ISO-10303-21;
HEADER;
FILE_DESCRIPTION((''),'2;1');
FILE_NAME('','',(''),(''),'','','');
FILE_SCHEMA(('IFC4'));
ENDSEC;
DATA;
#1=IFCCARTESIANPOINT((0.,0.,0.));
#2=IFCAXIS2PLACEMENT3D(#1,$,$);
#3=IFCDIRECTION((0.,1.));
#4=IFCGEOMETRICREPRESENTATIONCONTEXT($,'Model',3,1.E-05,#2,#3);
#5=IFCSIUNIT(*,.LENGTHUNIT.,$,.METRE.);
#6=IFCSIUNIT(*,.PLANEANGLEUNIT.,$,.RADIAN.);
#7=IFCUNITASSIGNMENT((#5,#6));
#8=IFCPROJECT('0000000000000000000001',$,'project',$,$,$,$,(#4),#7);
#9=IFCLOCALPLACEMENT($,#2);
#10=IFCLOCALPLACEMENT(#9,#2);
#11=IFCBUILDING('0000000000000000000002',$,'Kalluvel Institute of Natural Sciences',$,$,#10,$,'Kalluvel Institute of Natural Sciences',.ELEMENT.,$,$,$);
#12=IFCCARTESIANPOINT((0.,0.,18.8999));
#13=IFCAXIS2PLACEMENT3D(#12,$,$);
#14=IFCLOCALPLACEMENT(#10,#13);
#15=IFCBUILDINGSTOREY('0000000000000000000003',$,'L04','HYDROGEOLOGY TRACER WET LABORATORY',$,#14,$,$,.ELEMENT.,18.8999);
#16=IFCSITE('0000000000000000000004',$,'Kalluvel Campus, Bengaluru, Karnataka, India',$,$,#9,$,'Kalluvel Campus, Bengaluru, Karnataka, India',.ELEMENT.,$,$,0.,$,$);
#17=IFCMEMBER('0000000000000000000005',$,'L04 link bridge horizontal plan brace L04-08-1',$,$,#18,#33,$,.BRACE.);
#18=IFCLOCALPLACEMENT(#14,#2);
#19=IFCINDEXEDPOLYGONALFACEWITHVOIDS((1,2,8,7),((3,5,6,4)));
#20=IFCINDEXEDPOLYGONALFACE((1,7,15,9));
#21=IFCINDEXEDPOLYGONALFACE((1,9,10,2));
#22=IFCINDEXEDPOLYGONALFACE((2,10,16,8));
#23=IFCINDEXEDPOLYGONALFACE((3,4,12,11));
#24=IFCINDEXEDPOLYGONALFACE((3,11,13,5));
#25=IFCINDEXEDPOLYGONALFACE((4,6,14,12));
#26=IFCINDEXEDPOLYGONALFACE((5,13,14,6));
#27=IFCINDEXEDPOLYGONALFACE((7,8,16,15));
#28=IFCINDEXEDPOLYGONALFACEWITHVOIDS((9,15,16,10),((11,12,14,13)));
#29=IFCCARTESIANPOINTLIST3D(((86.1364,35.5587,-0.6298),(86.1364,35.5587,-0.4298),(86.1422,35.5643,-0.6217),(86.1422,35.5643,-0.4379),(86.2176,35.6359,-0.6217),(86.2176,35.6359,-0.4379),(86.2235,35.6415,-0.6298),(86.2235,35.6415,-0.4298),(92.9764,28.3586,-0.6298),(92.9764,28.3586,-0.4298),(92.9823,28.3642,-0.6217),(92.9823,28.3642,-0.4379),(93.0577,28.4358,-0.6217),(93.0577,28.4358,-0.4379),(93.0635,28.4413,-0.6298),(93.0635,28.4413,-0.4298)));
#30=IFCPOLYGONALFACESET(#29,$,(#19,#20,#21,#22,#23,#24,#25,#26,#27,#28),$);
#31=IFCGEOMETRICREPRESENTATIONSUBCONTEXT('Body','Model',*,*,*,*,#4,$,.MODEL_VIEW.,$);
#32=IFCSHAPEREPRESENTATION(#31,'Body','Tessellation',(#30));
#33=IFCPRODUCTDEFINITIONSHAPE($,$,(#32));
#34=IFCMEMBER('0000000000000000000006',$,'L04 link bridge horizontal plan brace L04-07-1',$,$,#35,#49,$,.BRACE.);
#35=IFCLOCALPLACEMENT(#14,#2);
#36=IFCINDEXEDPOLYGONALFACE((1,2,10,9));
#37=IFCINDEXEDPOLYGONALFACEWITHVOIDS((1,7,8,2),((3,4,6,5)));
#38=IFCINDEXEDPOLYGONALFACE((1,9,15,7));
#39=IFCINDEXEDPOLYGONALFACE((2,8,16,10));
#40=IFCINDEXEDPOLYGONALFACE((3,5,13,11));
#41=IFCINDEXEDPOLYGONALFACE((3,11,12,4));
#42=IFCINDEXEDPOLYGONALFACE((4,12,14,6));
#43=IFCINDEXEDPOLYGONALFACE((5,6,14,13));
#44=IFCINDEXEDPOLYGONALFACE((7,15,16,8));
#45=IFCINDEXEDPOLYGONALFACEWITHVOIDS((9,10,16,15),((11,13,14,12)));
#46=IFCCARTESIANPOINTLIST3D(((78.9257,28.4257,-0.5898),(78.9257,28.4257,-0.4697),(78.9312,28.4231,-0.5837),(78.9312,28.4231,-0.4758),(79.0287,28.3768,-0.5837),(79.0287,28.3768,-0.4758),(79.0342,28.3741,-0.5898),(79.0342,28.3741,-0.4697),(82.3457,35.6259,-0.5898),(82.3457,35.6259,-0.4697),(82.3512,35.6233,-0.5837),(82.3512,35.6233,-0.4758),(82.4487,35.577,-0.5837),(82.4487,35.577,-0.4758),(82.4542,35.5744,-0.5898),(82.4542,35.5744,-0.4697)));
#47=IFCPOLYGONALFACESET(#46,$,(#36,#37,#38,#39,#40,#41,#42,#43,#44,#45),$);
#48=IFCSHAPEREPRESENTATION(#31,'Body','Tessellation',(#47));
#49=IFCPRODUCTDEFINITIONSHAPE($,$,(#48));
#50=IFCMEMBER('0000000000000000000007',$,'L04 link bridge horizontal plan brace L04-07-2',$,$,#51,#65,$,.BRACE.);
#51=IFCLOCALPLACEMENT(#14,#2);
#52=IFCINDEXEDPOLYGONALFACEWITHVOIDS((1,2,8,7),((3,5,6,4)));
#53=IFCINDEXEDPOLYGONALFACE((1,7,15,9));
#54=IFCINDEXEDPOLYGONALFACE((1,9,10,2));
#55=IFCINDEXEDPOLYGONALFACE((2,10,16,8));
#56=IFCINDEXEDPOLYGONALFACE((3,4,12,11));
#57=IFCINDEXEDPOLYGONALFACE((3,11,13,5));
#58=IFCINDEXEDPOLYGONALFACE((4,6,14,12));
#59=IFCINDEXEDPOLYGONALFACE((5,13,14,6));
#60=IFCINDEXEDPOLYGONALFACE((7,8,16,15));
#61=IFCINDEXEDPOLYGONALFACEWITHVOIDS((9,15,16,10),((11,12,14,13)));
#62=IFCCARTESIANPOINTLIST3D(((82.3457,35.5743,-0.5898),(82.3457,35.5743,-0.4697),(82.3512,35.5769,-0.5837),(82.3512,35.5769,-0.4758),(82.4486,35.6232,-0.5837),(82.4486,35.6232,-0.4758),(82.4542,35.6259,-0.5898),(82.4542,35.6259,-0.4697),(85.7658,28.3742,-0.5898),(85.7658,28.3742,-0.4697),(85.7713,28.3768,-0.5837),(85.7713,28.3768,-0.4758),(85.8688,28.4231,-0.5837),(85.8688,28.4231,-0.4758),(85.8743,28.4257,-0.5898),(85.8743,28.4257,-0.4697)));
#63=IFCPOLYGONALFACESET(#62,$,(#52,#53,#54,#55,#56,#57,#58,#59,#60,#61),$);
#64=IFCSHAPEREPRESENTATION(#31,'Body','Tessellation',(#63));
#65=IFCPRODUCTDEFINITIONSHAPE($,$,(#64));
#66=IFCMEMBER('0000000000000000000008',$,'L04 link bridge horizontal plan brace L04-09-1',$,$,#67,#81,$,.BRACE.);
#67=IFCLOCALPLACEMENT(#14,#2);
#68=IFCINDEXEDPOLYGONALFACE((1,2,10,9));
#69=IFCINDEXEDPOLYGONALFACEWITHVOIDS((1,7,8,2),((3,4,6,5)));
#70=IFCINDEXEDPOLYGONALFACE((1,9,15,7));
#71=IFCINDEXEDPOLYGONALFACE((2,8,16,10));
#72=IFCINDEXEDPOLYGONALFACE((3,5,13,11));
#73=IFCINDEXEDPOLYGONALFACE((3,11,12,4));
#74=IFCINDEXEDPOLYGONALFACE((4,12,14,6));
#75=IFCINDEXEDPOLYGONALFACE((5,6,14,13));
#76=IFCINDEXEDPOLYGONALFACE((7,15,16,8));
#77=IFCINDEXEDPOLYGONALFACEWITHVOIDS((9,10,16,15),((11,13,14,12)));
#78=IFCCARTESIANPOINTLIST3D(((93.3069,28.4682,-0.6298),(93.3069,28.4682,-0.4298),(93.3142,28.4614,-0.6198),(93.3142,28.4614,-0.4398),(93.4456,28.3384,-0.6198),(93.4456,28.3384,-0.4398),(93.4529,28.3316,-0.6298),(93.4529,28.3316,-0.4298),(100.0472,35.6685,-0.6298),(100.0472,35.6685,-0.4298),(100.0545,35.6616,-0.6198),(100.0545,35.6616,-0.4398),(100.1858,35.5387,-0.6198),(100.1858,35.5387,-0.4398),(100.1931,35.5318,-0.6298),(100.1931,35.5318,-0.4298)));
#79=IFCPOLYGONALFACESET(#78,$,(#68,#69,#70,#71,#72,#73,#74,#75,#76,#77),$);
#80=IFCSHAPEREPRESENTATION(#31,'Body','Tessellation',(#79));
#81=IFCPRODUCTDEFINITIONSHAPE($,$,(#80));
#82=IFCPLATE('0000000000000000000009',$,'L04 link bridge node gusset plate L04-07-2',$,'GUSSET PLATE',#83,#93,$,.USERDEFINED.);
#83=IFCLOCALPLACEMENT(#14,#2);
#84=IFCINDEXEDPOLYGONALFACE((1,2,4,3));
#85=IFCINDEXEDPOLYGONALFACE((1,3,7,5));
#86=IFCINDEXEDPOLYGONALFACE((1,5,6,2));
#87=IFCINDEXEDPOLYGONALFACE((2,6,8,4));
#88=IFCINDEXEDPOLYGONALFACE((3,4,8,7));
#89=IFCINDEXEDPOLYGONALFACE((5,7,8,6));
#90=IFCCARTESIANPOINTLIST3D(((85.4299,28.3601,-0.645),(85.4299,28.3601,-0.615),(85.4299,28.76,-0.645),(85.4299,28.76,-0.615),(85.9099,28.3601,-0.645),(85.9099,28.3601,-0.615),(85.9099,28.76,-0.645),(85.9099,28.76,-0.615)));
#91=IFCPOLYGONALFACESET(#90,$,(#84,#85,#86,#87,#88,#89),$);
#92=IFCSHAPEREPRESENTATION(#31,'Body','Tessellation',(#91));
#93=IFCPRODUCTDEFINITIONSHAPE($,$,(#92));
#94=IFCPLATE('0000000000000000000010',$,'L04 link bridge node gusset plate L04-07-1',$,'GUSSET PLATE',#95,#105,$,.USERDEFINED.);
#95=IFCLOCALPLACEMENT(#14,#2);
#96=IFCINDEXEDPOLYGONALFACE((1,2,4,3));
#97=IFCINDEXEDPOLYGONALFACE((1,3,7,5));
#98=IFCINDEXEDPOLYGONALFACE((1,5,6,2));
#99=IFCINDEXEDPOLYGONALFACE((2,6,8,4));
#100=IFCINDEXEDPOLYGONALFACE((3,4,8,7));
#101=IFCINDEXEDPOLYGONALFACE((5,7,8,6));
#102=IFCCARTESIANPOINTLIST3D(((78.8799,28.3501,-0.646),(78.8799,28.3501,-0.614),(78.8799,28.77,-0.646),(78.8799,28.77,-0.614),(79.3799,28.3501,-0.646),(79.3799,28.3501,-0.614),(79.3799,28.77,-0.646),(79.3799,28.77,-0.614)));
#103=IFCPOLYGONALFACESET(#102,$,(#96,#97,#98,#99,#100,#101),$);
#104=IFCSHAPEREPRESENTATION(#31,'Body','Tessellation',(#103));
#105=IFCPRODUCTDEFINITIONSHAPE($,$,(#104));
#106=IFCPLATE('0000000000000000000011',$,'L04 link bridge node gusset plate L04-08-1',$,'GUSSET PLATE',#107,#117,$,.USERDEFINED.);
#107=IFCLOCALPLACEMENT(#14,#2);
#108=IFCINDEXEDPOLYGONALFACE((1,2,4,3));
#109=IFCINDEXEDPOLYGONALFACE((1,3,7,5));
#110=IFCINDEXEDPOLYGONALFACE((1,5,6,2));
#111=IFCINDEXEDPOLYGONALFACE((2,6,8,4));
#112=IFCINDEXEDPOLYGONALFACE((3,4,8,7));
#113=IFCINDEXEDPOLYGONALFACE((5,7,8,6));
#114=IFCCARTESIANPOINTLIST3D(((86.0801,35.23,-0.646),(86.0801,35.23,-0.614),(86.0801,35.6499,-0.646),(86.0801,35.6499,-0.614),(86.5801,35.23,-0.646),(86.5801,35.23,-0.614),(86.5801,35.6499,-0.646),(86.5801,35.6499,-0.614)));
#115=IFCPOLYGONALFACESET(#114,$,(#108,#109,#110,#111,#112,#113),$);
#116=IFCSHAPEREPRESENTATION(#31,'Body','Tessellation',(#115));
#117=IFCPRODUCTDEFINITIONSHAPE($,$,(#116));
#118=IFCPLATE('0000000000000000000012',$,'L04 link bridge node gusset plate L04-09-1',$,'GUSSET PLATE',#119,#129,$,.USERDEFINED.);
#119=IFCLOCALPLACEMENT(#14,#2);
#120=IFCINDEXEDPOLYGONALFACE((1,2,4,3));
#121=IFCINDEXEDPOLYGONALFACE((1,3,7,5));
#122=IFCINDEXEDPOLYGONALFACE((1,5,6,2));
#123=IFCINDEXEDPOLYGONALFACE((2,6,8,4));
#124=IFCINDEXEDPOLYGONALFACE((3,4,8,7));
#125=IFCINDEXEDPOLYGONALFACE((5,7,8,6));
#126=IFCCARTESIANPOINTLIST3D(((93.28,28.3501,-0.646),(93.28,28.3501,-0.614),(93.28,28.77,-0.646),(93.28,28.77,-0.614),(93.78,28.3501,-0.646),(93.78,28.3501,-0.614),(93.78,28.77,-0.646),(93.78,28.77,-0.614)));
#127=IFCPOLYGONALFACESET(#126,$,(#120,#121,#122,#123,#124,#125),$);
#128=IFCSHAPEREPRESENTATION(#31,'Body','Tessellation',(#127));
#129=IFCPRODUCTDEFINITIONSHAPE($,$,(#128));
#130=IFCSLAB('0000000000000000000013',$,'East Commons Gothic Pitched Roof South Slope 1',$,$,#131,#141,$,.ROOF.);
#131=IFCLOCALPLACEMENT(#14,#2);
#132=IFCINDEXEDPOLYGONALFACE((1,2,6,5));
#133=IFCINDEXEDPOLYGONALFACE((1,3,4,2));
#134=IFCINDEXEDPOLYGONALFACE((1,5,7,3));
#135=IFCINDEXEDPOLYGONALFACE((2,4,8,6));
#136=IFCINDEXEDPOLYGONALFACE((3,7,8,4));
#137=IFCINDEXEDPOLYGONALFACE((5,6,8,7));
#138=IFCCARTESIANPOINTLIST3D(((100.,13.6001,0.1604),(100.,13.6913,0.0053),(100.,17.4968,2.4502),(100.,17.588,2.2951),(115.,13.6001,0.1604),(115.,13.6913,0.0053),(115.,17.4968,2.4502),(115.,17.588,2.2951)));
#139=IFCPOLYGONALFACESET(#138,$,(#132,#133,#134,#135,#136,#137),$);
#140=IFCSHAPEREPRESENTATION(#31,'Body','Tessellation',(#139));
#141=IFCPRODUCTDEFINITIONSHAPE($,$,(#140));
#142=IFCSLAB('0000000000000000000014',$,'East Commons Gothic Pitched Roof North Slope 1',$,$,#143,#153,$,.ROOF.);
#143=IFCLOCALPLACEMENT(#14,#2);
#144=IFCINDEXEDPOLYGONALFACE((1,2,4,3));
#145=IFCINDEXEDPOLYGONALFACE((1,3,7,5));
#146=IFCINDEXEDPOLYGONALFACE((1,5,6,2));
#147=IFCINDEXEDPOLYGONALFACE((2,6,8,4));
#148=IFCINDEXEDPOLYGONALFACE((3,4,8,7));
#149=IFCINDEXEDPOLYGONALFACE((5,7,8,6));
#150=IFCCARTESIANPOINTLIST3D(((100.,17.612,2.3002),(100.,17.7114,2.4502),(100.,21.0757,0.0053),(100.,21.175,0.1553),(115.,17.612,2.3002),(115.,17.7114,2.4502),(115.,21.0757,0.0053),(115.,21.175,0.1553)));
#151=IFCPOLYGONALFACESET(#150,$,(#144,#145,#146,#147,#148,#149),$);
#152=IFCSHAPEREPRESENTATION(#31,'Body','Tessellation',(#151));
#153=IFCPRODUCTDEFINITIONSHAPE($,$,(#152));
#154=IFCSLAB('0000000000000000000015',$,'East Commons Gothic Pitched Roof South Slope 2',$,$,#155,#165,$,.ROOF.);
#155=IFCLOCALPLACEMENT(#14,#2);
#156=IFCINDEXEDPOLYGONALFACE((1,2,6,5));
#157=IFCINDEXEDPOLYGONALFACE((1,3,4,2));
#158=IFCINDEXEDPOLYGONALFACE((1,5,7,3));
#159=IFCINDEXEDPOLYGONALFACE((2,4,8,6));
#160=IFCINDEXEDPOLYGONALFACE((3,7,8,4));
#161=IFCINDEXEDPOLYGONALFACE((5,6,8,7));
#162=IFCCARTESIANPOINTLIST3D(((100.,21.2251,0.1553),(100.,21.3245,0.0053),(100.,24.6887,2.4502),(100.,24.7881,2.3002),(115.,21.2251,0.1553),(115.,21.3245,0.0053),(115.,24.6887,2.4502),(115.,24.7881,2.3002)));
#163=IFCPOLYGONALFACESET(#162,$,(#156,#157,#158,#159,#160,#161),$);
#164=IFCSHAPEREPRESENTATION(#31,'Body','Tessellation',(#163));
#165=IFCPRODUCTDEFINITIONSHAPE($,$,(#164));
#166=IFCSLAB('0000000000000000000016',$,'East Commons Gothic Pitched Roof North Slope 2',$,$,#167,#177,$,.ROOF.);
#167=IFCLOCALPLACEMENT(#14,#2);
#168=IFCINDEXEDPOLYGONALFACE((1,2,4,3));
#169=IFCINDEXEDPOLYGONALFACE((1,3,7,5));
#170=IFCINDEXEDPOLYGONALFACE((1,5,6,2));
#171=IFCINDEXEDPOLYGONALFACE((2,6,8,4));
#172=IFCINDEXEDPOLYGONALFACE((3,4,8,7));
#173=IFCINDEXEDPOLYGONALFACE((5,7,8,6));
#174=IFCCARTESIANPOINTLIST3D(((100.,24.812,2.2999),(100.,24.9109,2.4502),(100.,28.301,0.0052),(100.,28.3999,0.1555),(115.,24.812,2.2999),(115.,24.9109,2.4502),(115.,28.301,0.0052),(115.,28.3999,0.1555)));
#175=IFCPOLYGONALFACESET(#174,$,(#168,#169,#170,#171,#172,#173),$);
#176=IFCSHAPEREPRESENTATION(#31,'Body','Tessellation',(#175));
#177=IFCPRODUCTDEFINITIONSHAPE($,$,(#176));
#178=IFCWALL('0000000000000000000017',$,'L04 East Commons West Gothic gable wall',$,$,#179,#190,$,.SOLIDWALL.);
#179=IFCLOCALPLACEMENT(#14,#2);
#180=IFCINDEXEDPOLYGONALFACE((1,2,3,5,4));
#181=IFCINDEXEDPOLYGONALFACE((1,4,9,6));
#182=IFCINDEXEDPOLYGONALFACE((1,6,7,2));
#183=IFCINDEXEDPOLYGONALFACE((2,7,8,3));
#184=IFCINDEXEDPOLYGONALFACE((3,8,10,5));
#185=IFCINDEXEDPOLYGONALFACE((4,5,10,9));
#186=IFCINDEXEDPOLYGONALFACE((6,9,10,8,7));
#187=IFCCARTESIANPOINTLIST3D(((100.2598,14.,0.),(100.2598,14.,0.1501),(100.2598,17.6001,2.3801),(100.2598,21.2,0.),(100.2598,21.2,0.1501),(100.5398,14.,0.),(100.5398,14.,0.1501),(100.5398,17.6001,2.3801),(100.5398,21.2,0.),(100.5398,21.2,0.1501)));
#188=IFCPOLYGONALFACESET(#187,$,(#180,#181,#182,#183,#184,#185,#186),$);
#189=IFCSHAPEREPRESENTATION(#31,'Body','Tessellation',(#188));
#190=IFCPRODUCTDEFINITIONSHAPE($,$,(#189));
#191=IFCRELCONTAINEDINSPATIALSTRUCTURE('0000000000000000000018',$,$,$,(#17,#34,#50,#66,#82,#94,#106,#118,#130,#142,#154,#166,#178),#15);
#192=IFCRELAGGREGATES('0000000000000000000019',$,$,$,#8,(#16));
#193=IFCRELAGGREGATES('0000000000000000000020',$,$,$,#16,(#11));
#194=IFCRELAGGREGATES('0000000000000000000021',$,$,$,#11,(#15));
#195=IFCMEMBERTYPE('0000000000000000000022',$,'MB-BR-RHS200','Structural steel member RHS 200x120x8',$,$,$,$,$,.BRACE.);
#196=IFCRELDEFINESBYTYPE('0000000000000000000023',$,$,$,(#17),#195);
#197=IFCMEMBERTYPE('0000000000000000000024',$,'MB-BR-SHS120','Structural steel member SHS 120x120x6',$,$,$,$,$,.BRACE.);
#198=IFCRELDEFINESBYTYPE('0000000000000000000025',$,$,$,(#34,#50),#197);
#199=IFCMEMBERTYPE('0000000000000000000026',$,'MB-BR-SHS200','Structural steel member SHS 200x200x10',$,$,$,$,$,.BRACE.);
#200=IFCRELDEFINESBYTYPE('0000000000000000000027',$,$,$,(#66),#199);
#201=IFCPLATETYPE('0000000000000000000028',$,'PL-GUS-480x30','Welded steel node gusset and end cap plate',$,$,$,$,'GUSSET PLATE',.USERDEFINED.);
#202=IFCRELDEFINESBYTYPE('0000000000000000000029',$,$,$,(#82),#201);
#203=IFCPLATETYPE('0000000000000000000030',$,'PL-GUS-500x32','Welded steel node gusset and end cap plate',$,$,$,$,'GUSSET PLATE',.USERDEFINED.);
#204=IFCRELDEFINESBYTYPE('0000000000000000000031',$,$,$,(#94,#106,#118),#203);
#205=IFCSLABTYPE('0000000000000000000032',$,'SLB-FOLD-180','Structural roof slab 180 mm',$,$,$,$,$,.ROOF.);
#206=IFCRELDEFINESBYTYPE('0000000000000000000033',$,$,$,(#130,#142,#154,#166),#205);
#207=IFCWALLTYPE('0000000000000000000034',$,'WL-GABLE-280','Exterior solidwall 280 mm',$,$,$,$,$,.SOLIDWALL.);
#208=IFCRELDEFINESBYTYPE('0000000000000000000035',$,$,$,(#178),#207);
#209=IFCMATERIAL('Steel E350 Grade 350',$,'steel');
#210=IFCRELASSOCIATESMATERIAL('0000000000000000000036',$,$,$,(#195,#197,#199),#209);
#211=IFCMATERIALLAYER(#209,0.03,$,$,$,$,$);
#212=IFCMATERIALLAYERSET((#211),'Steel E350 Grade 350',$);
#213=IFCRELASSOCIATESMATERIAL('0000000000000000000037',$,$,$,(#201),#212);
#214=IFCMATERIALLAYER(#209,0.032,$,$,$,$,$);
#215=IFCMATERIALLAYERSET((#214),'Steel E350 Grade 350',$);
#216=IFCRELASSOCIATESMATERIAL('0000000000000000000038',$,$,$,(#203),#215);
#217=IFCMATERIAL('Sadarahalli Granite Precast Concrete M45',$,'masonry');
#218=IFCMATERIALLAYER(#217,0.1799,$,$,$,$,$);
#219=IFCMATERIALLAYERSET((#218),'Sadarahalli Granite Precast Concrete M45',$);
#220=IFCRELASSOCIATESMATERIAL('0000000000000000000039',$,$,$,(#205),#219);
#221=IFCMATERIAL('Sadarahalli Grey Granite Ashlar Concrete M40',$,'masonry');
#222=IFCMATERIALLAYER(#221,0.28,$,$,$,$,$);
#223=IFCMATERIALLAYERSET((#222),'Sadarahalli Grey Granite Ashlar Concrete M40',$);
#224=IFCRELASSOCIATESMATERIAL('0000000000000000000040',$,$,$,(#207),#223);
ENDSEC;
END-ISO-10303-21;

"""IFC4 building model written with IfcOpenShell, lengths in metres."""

from ifc_helpers import new_model, si_unit, direction, frame, origin, origin_2d, place, context, subcontext, project, spatial, polyline, rectangle, hollow_rectangle, outline, extrude, material, layer, layer_set, material_profile, profile_set, type_object, element, save


model = new_model("IFC4")

# Units and contexts
model_context = context("Model", 3, precision=1e-05, world=origin(), true_north=direction((0.0, 1.0)))
body_context = subcontext(model_context, "Body", "Model", "MODEL_VIEW")
ifc_project = project(units=[si_unit("LENGTHUNIT", "METRE"), si_unit("PLANEANGLEUNIT", "RADIAN")], contexts=[model_context])

# Site, building, storey
site_placement = place(None, origin())
site = spatial("IfcSite", under=ifc_project, at=site_placement, Name="Kalluvel Campus, Bengaluru, Karnataka, India", LongName="Kalluvel Campus, Bengaluru, Karnataka, India", CompositionType="ELEMENT", RefElevation=0.0)
building_placement = place(site_placement, origin())
building = spatial("IfcBuilding", under=site, at=building_placement, Name="Kalluvel Institute of Natural Sciences", LongName="Kalluvel Institute of Natural Sciences", CompositionType="ELEMENT")
storey_placement = place(building_placement, frame((0.0, 0.0, 18.8999)))
storey = spatial("IfcBuildingStorey", under=building, at=storey_placement, Name="L04", Description="HYDROGEOLOGY TRACER WET LABORATORY", CompositionType="ELEMENT", Elevation=18.8999)

# Shared definitions
ifc_material_1 = material(Name="Steel E350 Grade 350", Category="steel")

# Members
ifc_material_profile_1 = material_profile(ifc_material_1, hollow_rectangle(XDim=0.1201, YDim=0.2, WallThickness=0.0081, at=origin_2d()), Name="RHS 200x120x8")
ifc_profile_set_1 = profile_set([ifc_material_profile_1], Name="Steel E350 Grade 350")
member_type_1 = type_object("IfcMemberType", Name="MB-BR-RHS200", Description="Structural steel member RHS 200x120x8", PredefinedType="BRACE", material=ifc_profile_set_1)
member_1_placement = place(storey_placement, frame((86.1799, 35.6001, -0.5298), z_axis=(0.688744, -0.725004, 0.0), x_axis=(0.725004, 0.688744, 0.0)))
element("IfcMember", 1, at=member_1_placement, inside=storey, type_object=member_type_1, Name="L04 link bridge horizontal plan brace L04-08-1", PredefinedType="BRACE", context=body_context, shape_type="SweptSolid", body=[
    extrude(hollow_rectangle(XDim=0.1201, YDim=0.2, WallThickness=0.0081, at=origin_2d()), origin(), (0.0, 0.0, 1.0), 9.9312),
])
ifc_material_profile_2 = material_profile(ifc_material_1, hollow_rectangle(XDim=0.1201, YDim=0.1201, WallThickness=0.0061, at=origin_2d()), Name="SHS 120x120x6")
ifc_profile_set_2 = profile_set([ifc_material_profile_2], Name="Steel E350 Grade 350")
member_type_2 = type_object("IfcMemberType", Name="MB-BR-SHS120", Description="Structural steel member SHS 120x120x6", PredefinedType="BRACE", material=ifc_profile_set_2)
for number, where, z_axis, x_axis, name in (
    (2, (78.98, 28.3999, -0.5298), (0.429039, 0.903286, 0.0), (-0.903286, 0.429039, 0.0), "L04 link bridge horizontal plan brace L04-07-1"),
    (3, (82.3999, 35.6001, -0.5298), (0.429064, -0.903274, 0.0), (0.903274, 0.429064, 0.0), "L04 link bridge horizontal plan brace L04-07-2"),
):
    element("IfcMember", number, at=place(storey_placement, frame(where, z_axis=z_axis, x_axis=x_axis)), inside=storey, type_object=member_type_2, Name=name, PredefinedType="BRACE", context=body_context, shape_type="SweptSolid", body=[
        extrude(hollow_rectangle(XDim=0.1201, YDim=0.1201, WallThickness=0.0061, at=origin_2d()), origin(), (0.0, 0.0, 1.0), 7.9712),
    ])
ifc_material_profile_3 = material_profile(ifc_material_1, hollow_rectangle(XDim=0.2, YDim=0.2, WallThickness=0.01, at=origin_2d()), Name="SHS 200x200x10")
ifc_profile_set_3 = profile_set([ifc_material_profile_3], Name="Steel E350 Grade 350")
member_type_3 = type_object("IfcMemberType", Name="MB-BR-SHS200", Description="Structural steel member SHS 200x200x10", PredefinedType="BRACE", material=ifc_profile_set_3)
member_2_placement = place(storey_placement, frame((93.3799, 28.3999, -0.5298), z_axis=(0.683404, 0.73004, 0.0), x_axis=(-0.73004, 0.683404, 0.0)))
element("IfcMember", 4, at=member_2_placement, inside=storey, type_object=member_type_3, Name="L04 link bridge horizontal plan brace L04-09-1", PredefinedType="BRACE", context=body_context, shape_type="SweptSolid", body=[
    extrude(hollow_rectangle(XDim=0.2, YDim=0.2, WallThickness=0.01, at=origin_2d()), origin(), (0.0, 0.0, 1.0), 9.8628),
])

# Plates
ifc_layer_1 = layer(ifc_material_1, 0.03)
ifc_layer_set_1 = layer_set([ifc_layer_1], Name="Steel E350 Grade 350")
plate_type_1 = type_object("IfcPlateType", Name="PL-GUS-480x30", Description="Welded steel node gusset and end cap plate", ElementType="GUSSET PLATE", PredefinedType="USERDEFINED", material=ifc_layer_set_1)
plate_placement = place(storey_placement, frame((85.6699, 28.5601, -0.645), z_axis=(0.0, 0.0, 1.0), x_axis=(1.0, 0.0, 0.0)))
element("IfcPlate", 5, at=plate_placement, inside=storey, type_object=plate_type_1, Name="L04 link bridge node gusset plate L04-07-2", ObjectType="GUSSET PLATE", PredefinedType="USERDEFINED", context=body_context, shape_type="SweptSolid", body=[
    extrude(rectangle(XDim=0.48, YDim=0.3999, at=origin_2d()), origin(), (0.0, 0.0, 1.0), 0.03),
])
ifc_layer_2 = layer(ifc_material_1, 0.032)
ifc_layer_set_2 = layer_set([ifc_layer_2], Name="Steel E350 Grade 350")
plate_type_2 = type_object("IfcPlateType", Name="PL-GUS-500x32", Description="Welded steel node gusset and end cap plate", ElementType="GUSSET PLATE", PredefinedType="USERDEFINED", material=ifc_layer_set_2)
for number, where, z_axis, x_axis, name in (
    (6, (79.1299, 28.5601, -0.646), (0.0, 0.0, 1.0), (1.0, 0.0, 0.0), "L04 link bridge node gusset plate L04-07-1"),
    (7, (86.3301, 35.4399, -0.646), (0.0, 0.0, 1.0), (1.0, 0.0, 0.0), "L04 link bridge node gusset plate L04-08-1"),
    (8, (93.53, 28.5601, -0.646), (0.0, 0.0, 1.0), (1.0, 0.0, 0.0), "L04 link bridge node gusset plate L04-09-1"),
):
    element("IfcPlate", number, at=place(storey_placement, frame(where, z_axis=z_axis, x_axis=x_axis)), inside=storey, type_object=plate_type_2, Name=name, ObjectType="GUSSET PLATE", PredefinedType="USERDEFINED", context=body_context, shape_type="SweptSolid", body=[
        extrude(rectangle(XDim=0.5, YDim=0.4199, at=origin_2d()), origin(), (0.0, 0.0, 1.0), 0.032),
    ])

# Slabs
ifc_material_2 = material(Name="Sadarahalli Granite Precast Concrete M45", Category="masonry")
ifc_layer_3 = layer(ifc_material_2, 0.1799)
ifc_layer_set_3 = layer_set([ifc_layer_3], Name="Sadarahalli Granite Precast Concrete M45")
slab_type = type_object("IfcSlabType", Name="SLB-FOLD-180", Description="Structural roof slab 180 mm", PredefinedType="ROOF", material=ifc_layer_set_3)
slab_1_placement = place(storey_placement, frame((100.0, 13.6001, 0.1604), z_axis=(0.0, -0.506626, 0.862166), x_axis=(1.0, 0.0, 0.0)))
element("IfcSlab", 9, at=slab_1_placement, inside=storey, type_object=slab_type, Name="East Commons Gothic Pitched Roof South Slope 1", PredefinedType="ROOF", context=body_context, shape_type="SweptSolid", body=[
    extrude(outline(polyline([(0.0, 0.0), (15.0, 0.0), (15.0, 4.5197), (0.0, 4.5197), (0.0, 0.0)])), origin(), (0.0, 0.0, -1.0), 0.1799),
])
for number, where, z_axis, x_axis, name in (
    (10, (100.0, 17.7114, 2.4502), (0.0, 0.552339, 0.83362), (1.0, 0.0, 0.0), "East Commons Gothic Pitched Roof North Slope 1"),
    (11, (100.0, 21.2251, 0.1553), (0.0, -0.552339, 0.83362), (1.0, 0.0, 0.0), "East Commons Gothic Pitched Roof South Slope 2"),
):
    element("IfcSlab", number, at=place(storey_placement, frame(where, z_axis=z_axis, x_axis=x_axis)), inside=storey, type_object=slab_type, Name=name, PredefinedType="ROOF", context=body_context, shape_type="SweptSolid", body=[
        extrude(outline(polyline([(0.0, 0.0), (15.0, 0.0), (15.0, 4.1549), (0.0, 4.1549), (0.0, 0.0)])), origin(), (0.0, 0.0, -1.0), 0.1799),
    ])
slab_2_placement = place(storey_placement, frame((100.0, 24.9109, 2.4502), z_axis=(0.0, 0.549495, 0.835497), x_axis=(1.0, 0.0, 0.0)))
element("IfcSlab", 12, at=slab_2_placement, inside=storey, type_object=slab_type, Name="East Commons Gothic Pitched Roof North Slope 2", PredefinedType="ROOF", context=body_context, shape_type="SweptSolid", body=[
    extrude(outline(polyline([(0.0, 0.0), (15.0, 0.0), (15.0, 4.176), (0.0, 4.176), (0.0, 0.0)])), origin(), (0.0, 0.0, -1.0), 0.1799),
])

# Wall
ifc_material_3 = material(Name="Sadarahalli Grey Granite Ashlar Concrete M40", Category="masonry")
ifc_layer_4 = layer(ifc_material_3, 0.28)
ifc_layer_set_4 = layer_set([ifc_layer_4], Name="Sadarahalli Grey Granite Ashlar Concrete M40")
wall_type = type_object("IfcWallType", Name="WL-GABLE-280", Description="Exterior solidwall 280 mm", PredefinedType="SOLIDWALL", material=ifc_layer_set_4)
wall_placement = place(storey_placement, frame((100.3999, 14.0, 0.0), z_axis=(0.0, 0.0, 1.0), x_axis=(0.0, 1.0, 0.0)))
element("IfcWall", 13, at=wall_placement, inside=storey, type_object=wall_type, Name="L04 East Commons West Gothic gable wall", PredefinedType="SOLIDWALL", context=body_context, shape_type="SweptSolid", body=[
    extrude(outline(polyline([(0.0, 0.0), (7.2, 0.0), (7.2, 0.1501), (3.6001, 2.3801), (0.0, 0.1501), (0.0, 0.0)])), frame((0.0, 0.1401, 0.0), z_axis=(0.0, -1.0, 0.0), x_axis=(1.0, 0.0, 0.0)), (0.0, 0.0, 1.0), 0.28),
])

save(model, "model.ifc")
